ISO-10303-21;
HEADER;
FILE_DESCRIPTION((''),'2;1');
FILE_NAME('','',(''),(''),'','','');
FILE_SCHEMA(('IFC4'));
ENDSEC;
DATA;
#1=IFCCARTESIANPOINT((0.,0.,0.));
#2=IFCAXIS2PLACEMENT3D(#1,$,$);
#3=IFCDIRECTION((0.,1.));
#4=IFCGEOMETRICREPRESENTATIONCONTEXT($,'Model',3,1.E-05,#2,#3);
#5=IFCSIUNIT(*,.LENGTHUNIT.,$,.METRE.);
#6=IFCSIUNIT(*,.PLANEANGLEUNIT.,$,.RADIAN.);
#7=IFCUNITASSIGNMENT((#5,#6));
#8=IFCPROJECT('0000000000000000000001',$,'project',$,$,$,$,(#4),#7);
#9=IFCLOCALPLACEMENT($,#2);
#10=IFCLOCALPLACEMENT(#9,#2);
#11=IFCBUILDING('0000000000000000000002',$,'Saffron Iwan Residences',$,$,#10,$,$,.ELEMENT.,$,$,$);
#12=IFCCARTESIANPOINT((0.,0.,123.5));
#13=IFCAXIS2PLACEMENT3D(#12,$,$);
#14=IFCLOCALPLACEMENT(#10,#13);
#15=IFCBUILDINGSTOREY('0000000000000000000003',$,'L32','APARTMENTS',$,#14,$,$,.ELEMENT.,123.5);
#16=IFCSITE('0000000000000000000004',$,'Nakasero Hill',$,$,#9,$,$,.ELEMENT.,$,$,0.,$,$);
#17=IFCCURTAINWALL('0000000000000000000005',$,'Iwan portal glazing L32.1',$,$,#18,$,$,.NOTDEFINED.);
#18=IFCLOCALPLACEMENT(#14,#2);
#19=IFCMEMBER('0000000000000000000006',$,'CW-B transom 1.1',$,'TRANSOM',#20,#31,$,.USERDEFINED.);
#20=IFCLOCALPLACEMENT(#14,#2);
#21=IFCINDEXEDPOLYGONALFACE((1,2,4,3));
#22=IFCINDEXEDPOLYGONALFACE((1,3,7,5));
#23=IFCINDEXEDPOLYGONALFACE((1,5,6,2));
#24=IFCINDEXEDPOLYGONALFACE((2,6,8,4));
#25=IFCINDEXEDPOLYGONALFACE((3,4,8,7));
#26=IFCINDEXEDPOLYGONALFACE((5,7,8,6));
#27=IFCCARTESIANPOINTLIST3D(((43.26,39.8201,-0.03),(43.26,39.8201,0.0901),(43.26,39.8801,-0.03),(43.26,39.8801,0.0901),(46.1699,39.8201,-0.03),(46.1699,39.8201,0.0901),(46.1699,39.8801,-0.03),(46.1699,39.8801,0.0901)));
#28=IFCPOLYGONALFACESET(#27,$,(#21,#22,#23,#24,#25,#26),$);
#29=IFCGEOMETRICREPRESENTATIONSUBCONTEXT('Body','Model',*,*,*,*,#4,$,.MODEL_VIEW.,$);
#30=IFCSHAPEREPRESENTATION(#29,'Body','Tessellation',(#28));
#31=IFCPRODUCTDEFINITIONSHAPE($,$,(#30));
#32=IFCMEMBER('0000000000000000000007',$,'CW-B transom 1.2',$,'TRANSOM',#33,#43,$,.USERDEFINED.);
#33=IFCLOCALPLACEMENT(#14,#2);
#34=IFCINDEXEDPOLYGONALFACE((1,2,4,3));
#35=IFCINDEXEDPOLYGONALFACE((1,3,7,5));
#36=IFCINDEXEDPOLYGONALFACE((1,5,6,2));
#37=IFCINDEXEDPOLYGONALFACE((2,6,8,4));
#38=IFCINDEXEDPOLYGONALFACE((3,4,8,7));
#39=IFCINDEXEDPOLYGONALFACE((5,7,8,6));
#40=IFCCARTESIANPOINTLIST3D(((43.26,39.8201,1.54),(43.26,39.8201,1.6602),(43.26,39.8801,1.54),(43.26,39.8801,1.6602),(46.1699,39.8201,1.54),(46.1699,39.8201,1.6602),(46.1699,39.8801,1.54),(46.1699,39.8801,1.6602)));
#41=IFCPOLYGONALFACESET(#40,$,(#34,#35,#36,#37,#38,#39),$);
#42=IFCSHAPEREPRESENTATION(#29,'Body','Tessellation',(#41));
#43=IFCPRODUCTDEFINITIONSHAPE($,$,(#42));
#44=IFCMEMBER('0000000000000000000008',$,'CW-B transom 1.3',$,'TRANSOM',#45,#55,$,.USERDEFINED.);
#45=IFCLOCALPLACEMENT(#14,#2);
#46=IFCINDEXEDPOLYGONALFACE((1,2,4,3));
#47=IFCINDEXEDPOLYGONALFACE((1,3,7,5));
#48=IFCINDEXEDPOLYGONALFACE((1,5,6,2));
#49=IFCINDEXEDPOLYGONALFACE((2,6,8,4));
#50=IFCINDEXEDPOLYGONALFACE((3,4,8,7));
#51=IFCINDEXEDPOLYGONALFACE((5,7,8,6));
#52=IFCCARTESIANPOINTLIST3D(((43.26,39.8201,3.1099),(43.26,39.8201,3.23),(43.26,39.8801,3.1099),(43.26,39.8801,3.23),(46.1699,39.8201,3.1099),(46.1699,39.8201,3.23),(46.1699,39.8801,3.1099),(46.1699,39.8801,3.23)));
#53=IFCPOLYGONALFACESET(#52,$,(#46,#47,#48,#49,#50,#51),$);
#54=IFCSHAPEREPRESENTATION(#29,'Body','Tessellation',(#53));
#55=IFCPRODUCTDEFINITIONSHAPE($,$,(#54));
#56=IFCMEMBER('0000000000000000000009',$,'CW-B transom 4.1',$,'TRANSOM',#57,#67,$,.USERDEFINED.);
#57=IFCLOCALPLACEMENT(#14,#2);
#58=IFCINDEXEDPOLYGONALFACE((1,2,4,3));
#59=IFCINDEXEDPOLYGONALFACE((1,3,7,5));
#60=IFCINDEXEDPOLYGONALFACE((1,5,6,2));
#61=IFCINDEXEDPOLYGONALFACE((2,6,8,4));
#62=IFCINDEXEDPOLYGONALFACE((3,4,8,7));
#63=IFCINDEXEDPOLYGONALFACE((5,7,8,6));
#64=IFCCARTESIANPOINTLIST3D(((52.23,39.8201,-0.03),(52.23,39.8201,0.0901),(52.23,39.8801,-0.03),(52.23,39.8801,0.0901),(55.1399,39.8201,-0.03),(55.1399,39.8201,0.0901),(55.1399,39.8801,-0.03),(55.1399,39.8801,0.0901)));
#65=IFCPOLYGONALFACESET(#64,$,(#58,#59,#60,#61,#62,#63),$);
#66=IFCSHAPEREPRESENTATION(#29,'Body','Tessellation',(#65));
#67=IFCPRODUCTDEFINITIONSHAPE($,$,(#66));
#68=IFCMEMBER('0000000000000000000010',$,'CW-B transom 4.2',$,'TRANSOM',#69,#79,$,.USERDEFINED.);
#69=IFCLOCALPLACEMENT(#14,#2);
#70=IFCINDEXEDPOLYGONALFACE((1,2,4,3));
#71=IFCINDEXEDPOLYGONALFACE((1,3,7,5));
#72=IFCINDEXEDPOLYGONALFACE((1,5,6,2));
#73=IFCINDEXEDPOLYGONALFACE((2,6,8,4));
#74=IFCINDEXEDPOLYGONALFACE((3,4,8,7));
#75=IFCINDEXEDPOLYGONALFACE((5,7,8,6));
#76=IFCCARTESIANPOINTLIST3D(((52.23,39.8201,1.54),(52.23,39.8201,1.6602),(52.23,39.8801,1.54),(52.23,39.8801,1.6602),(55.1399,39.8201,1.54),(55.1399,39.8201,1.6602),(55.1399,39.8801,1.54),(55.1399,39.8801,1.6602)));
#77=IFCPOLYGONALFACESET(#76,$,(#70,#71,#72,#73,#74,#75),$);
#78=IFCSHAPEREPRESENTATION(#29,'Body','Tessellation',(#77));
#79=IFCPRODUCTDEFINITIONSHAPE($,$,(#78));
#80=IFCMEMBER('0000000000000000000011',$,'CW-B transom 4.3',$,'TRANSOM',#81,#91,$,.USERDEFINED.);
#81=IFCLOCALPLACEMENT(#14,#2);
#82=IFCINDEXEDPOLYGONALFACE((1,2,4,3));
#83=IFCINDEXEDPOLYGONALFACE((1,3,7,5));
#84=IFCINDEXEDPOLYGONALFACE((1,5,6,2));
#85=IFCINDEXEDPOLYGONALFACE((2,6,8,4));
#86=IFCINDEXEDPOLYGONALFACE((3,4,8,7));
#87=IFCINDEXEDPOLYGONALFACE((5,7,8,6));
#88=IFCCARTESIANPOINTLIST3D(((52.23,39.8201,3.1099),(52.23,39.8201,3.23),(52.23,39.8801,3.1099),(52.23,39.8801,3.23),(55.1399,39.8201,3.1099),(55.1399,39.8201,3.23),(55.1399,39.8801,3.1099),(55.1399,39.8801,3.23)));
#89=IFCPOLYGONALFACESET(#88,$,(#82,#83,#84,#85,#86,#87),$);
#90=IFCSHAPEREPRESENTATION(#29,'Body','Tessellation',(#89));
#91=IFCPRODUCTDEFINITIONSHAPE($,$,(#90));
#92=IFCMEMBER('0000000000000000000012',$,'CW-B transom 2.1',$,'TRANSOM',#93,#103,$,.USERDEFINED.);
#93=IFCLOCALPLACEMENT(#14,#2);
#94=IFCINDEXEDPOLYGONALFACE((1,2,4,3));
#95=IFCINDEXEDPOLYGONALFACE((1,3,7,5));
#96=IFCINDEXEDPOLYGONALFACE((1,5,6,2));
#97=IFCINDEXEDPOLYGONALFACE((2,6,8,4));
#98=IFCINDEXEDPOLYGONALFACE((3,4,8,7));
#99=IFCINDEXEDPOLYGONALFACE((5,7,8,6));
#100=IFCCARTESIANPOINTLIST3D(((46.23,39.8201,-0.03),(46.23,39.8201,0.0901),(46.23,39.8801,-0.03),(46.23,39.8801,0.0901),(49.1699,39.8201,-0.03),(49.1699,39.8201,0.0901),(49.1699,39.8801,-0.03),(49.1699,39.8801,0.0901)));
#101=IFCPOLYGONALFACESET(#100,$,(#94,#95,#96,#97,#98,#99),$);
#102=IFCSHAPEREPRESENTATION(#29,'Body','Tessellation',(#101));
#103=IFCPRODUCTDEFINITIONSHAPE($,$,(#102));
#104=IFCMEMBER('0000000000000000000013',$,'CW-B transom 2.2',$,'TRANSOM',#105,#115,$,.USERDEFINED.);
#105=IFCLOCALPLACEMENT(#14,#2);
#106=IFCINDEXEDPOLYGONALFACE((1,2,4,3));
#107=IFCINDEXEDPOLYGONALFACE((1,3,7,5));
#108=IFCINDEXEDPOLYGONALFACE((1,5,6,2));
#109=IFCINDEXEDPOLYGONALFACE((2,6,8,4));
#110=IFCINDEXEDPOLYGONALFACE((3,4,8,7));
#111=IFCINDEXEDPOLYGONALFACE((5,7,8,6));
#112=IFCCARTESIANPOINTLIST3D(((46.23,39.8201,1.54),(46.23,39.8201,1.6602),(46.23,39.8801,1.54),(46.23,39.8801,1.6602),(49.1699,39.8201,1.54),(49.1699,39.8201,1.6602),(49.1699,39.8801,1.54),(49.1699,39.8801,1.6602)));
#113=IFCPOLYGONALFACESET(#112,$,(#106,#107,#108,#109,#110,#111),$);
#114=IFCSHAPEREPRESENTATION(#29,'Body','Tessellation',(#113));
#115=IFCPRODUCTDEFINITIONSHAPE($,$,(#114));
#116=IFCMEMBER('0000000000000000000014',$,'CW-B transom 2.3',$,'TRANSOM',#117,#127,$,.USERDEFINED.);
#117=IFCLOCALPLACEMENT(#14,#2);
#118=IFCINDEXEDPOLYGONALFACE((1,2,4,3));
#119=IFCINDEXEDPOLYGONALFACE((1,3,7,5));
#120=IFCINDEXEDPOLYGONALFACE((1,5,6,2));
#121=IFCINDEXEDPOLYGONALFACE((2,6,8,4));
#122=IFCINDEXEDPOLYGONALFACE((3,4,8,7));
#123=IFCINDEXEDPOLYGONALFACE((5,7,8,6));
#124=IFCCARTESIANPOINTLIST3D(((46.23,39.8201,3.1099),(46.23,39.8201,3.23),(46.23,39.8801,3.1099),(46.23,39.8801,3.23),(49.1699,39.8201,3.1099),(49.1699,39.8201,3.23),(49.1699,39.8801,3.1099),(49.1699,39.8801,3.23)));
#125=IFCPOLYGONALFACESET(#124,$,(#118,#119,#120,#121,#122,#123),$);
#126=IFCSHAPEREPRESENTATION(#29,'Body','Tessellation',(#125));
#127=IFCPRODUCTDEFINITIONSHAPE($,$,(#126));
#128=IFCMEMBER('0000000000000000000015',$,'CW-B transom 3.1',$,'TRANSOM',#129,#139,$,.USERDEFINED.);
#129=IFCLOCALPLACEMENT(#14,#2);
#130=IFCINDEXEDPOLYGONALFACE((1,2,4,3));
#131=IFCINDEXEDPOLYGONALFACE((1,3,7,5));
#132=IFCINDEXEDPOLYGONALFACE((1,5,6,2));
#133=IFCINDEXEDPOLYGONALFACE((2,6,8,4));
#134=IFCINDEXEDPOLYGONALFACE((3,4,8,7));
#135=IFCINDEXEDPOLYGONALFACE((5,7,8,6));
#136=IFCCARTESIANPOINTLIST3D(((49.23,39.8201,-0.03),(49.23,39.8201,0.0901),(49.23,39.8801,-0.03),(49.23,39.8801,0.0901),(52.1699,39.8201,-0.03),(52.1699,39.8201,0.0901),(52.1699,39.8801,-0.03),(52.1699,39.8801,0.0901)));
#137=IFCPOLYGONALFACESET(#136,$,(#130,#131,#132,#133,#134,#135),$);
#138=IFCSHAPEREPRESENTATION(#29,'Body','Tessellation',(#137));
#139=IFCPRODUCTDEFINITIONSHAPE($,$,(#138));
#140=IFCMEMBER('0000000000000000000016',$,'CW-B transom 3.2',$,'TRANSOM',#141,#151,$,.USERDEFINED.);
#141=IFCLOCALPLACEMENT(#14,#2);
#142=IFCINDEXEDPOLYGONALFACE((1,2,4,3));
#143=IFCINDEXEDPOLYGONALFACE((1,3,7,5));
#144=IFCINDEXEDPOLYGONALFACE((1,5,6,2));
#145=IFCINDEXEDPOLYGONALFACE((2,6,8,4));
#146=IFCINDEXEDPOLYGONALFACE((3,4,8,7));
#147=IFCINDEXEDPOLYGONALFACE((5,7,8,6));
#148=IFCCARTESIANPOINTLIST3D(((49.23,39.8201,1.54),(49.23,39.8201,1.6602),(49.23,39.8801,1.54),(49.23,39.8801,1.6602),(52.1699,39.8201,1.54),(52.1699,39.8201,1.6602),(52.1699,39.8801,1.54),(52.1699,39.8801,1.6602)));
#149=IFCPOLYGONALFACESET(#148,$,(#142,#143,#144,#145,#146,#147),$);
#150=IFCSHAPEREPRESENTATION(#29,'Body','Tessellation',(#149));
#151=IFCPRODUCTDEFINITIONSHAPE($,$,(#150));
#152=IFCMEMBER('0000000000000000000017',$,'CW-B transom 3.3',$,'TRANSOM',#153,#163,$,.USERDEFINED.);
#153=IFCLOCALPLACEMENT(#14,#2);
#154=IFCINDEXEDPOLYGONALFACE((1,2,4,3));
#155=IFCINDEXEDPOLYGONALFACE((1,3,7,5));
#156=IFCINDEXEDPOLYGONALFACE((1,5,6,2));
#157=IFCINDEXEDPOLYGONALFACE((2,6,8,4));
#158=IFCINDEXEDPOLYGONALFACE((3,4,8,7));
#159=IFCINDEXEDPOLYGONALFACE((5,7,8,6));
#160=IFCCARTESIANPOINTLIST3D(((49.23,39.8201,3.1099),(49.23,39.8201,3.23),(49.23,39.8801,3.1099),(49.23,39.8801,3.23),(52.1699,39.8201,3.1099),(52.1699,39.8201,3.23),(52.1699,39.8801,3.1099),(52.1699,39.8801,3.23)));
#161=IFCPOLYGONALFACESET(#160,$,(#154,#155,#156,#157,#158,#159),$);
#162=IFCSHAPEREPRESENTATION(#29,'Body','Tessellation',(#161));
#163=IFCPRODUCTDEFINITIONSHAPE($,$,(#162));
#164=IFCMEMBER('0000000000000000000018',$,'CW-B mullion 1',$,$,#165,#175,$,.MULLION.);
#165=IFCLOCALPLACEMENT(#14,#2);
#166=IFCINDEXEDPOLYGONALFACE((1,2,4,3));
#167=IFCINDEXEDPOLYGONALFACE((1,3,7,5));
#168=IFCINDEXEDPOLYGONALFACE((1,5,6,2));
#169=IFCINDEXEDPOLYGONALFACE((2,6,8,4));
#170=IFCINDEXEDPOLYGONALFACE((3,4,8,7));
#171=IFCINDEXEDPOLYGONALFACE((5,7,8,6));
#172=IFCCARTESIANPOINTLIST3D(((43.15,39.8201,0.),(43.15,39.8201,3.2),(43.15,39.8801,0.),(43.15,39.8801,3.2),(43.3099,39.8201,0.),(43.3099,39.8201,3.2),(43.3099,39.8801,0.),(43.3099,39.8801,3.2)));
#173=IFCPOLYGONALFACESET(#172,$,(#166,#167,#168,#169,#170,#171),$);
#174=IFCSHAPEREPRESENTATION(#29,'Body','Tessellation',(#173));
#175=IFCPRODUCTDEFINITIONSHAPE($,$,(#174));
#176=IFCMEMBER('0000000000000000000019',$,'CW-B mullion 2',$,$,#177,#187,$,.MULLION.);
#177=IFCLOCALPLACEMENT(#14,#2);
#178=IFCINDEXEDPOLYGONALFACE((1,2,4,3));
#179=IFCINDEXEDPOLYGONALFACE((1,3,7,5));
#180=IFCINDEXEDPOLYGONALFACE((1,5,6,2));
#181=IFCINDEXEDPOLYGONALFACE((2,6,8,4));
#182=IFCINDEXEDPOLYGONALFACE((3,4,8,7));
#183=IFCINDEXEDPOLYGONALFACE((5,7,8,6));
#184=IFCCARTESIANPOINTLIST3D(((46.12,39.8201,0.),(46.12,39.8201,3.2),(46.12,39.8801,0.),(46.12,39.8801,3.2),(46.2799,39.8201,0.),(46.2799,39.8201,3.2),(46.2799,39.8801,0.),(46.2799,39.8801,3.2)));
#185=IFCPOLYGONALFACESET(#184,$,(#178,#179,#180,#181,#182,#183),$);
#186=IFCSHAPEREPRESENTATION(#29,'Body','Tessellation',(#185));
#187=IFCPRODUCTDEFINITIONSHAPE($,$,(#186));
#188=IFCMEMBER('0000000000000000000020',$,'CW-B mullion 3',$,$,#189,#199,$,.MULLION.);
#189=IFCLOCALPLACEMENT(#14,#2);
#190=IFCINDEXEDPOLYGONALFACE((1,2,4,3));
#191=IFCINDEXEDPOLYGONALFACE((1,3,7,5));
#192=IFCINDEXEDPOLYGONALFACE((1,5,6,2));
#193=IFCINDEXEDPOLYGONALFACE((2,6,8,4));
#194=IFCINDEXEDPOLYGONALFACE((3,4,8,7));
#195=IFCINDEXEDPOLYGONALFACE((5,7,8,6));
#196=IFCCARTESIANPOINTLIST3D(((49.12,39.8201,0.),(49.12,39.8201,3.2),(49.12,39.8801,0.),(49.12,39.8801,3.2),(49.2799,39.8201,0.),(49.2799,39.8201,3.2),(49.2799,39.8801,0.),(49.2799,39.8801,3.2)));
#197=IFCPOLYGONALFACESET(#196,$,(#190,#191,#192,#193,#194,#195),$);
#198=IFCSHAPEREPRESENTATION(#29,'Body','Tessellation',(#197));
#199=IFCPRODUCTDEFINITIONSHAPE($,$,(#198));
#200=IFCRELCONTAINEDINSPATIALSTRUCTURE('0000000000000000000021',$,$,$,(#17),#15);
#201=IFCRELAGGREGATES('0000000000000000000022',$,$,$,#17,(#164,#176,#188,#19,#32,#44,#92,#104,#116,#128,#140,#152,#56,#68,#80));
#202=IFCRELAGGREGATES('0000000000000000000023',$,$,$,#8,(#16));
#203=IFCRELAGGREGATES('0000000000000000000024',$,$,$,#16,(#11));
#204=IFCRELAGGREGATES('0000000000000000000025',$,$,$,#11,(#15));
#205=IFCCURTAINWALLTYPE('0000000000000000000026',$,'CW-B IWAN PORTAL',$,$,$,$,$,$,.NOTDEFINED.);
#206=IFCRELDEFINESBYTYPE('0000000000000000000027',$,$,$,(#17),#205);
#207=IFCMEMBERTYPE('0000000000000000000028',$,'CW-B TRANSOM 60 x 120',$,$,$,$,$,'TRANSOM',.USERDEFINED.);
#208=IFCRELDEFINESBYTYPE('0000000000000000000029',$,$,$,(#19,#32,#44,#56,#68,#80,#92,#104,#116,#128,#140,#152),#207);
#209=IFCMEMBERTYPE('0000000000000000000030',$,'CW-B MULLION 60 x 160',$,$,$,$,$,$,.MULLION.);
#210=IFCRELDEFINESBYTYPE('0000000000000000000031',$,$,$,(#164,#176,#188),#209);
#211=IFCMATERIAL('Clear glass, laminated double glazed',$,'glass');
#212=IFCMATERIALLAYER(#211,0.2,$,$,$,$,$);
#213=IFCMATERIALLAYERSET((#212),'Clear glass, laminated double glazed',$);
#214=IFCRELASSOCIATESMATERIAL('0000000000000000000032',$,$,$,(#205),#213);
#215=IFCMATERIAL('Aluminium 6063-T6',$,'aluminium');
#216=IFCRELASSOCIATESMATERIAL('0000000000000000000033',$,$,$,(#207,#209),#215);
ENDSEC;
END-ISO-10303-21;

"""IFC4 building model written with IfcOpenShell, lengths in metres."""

from ifc_helpers import new_model, si_unit, direction, frame, origin, origin_2d, place, context, subcontext, project, spatial, rectangle, extrude, source, transform, mapped, material, layer, layer_set, material_profile, profile_set, type_object, element, aggregate, save


model = new_model("IFC4")

# Units and contexts
model_context = context("Model", 3, precision=1e-05, world=origin(), true_north=direction((0.0, 1.0)))
body_context = subcontext(model_context, "Body", "Model", "MODEL_VIEW")
ifc_project = project(units=[si_unit("LENGTHUNIT", "METRE"), si_unit("PLANEANGLEUNIT", "RADIAN")], contexts=[model_context])

# Site, building, storey
site_placement = place(None, origin())
site = spatial("IfcSite", under=ifc_project, at=site_placement, Name="Nakasero Hill", CompositionType="ELEMENT", RefElevation=0.0)
building_placement = place(site_placement, origin())
building = spatial("IfcBuilding", under=site, at=building_placement, Name="Saffron Iwan Residences", CompositionType="ELEMENT")
storey_placement = place(building_placement, frame((0.0, 0.0, 123.5)))
storey = spatial("IfcBuildingStorey", under=building, at=storey_placement, Name="L32", Description="APARTMENTS", CompositionType="ELEMENT", Elevation=123.5)

# Curtain wall, members
ifc_material_1 = material(Name="Clear glass, laminated double glazed", Category="glass")
ifc_layer_1 = layer(ifc_material_1, 0.2)
ifc_layer_set_1 = layer_set([ifc_layer_1], Name="Clear glass, laminated double glazed")
curtain_wall_type = type_object("IfcCurtainWallType", Name="CW-B IWAN PORTAL", PredefinedType="NOTDEFINED", material=ifc_layer_set_1)
curtain_wall_placement = place(storey_placement, origin())
curtain_wall = element("IfcCurtainWall", 1, at=curtain_wall_placement, inside=storey, type_object=curtain_wall_type, Name="Iwan portal glazing L32.1", PredefinedType="NOTDEFINED")
ifc_material_2 = material(Name="Aluminium 6063-T6", Category="aluminium")
ifc_material_profile_1 = material_profile(ifc_material_2, rectangle(XDim=0.0601, YDim=0.1201, at=origin_2d()), Name="CW-B TRANSOM 60 x 120")
ifc_profile_set_1 = profile_set([ifc_material_profile_1], Name="Aluminium 6063-T6")
member_type_1 = type_object("IfcMemberType", Name="CW-B TRANSOM 60 x 120", ElementType="TRANSOM", PredefinedType="USERDEFINED", material=ifc_profile_set_1)
shared_shape_1 = source(origin(), body_context, "Body", "SweptSolid", [
    extrude(rectangle(XDim=0.0601, YDim=0.1201, at=origin_2d()), origin(), (0.0, 0.0, 1.0), 2.9099),
])
member_1_placement = place(storey_placement, frame((43.26, 39.8501, 0.03), z_axis=(1.0, 0.0, 0.0), x_axis=(0.0, 1.0, 0.0)))
member_1 = element("IfcMember", 2, at=member_1_placement, type_object=member_type_1, Name="CW-B transom 1.1", ObjectType="TRANSOM", PredefinedType="USERDEFINED", context=body_context, shape_type="MappedRepresentation", body=[
    mapped(shared_shape_1, transform((0.0, 0.0, 0.0))),
])
member_2_placement = place(storey_placement, frame((43.26, 39.8501, 1.6001), z_axis=(1.0, 0.0, 0.0), x_axis=(0.0, 1.0, 0.0)))
member_2 = element("IfcMember", 3, at=member_2_placement, type_object=member_type_1, Name="CW-B transom 1.2", ObjectType="TRANSOM", PredefinedType="USERDEFINED", context=body_context, shape_type="MappedRepresentation", body=[
    mapped(shared_shape_1, transform((0.0, 0.0, 0.0))),
])
member_3_placement = place(storey_placement, frame((43.26, 39.8501, 3.1699), z_axis=(1.0, 0.0, 0.0), x_axis=(0.0, 1.0, 0.0)))
member_3 = element("IfcMember", 4, at=member_3_placement, type_object=member_type_1, Name="CW-B transom 1.3", ObjectType="TRANSOM", PredefinedType="USERDEFINED", context=body_context, shape_type="MappedRepresentation", body=[
    mapped(shared_shape_1, transform((0.0, 0.0, 0.0))),
])
member_4_placement = place(storey_placement, frame((52.23, 39.8501, 0.03), z_axis=(1.0, 0.0, 0.0), x_axis=(0.0, 1.0, 0.0)))
member_4 = element("IfcMember", 5, at=member_4_placement, type_object=member_type_1, Name="CW-B transom 4.1", ObjectType="TRANSOM", PredefinedType="USERDEFINED", context=body_context, shape_type="MappedRepresentation", body=[
    mapped(shared_shape_1, transform((0.0, 0.0, 0.0))),
])
member_5_placement = place(storey_placement, frame((52.23, 39.8501, 1.6001), z_axis=(1.0, 0.0, 0.0), x_axis=(0.0, 1.0, 0.0)))
member_5 = element("IfcMember", 6, at=member_5_placement, type_object=member_type_1, Name="CW-B transom 4.2", ObjectType="TRANSOM", PredefinedType="USERDEFINED", context=body_context, shape_type="MappedRepresentation", body=[
    mapped(shared_shape_1, transform((0.0, 0.0, 0.0))),
])
member_6_placement = place(storey_placement, frame((52.23, 39.8501, 3.1699), z_axis=(1.0, 0.0, 0.0), x_axis=(0.0, 1.0, 0.0)))
member_6 = element("IfcMember", 7, at=member_6_placement, type_object=member_type_1, Name="CW-B transom 4.3", ObjectType="TRANSOM", PredefinedType="USERDEFINED", context=body_context, shape_type="MappedRepresentation", body=[
    mapped(shared_shape_1, transform((0.0, 0.0, 0.0))),
])
shared_shape_2 = source(origin(), body_context, "Body", "SweptSolid", [
    extrude(rectangle(XDim=0.0601, YDim=0.1201, at=origin_2d()), origin(), (0.0, 0.0, 1.0), 2.9399),
])
member_7_placement = place(storey_placement, frame((46.23, 39.8501, 0.03), z_axis=(1.0, 0.0, 0.0), x_axis=(0.0, 1.0, 0.0)))
member_7 = element("IfcMember", 8, at=member_7_placement, type_object=member_type_1, Name="CW-B transom 2.1", ObjectType="TRANSOM", PredefinedType="USERDEFINED", context=body_context, shape_type="MappedRepresentation", body=[
    mapped(shared_shape_2, transform((0.0, 0.0, 0.0))),
])
member_8_placement = place(storey_placement, frame((46.23, 39.8501, 1.6001), z_axis=(1.0, 0.0, 0.0), x_axis=(0.0, 1.0, 0.0)))
member_8 = element("IfcMember", 9, at=member_8_placement, type_object=member_type_1, Name="CW-B transom 2.2", ObjectType="TRANSOM", PredefinedType="USERDEFINED", context=body_context, shape_type="MappedRepresentation", body=[
    mapped(shared_shape_2, transform((0.0, 0.0, 0.0))),
])
member_9_placement = place(storey_placement, frame((46.23, 39.8501, 3.1699), z_axis=(1.0, 0.0, 0.0), x_axis=(0.0, 1.0, 0.0)))
member_9 = element("IfcMember", 10, at=member_9_placement, type_object=member_type_1, Name="CW-B transom 2.3", ObjectType="TRANSOM", PredefinedType="USERDEFINED", context=body_context, shape_type="MappedRepresentation", body=[
    mapped(shared_shape_2, transform((0.0, 0.0, 0.0))),
])
member_10_placement = place(storey_placement, frame((49.23, 39.8501, 0.03), z_axis=(1.0, 0.0, 0.0), x_axis=(0.0, 1.0, 0.0)))
member_10 = element("IfcMember", 11, at=member_10_placement, type_object=member_type_1, Name="CW-B transom 3.1", ObjectType="TRANSOM", PredefinedType="USERDEFINED", context=body_context, shape_type="MappedRepresentation", body=[
    mapped(shared_shape_2, transform((0.0, 0.0, 0.0))),
])
member_11_placement = place(storey_placement, frame((49.23, 39.8501, 1.6001), z_axis=(1.0, 0.0, 0.0), x_axis=(0.0, 1.0, 0.0)))
member_11 = element("IfcMember", 12, at=member_11_placement, type_object=member_type_1, Name="CW-B transom 3.2", ObjectType="TRANSOM", PredefinedType="USERDEFINED", context=body_context, shape_type="MappedRepresentation", body=[
    mapped(shared_shape_2, transform((0.0, 0.0, 0.0))),
])
member_12_placement = place(storey_placement, frame((49.23, 39.8501, 3.1699), z_axis=(1.0, 0.0, 0.0), x_axis=(0.0, 1.0, 0.0)))
member_12 = element("IfcMember", 13, at=member_12_placement, type_object=member_type_1, Name="CW-B transom 3.3", ObjectType="TRANSOM", PredefinedType="USERDEFINED", context=body_context, shape_type="MappedRepresentation", body=[
    mapped(shared_shape_2, transform((0.0, 0.0, 0.0))),
])
ifc_material_profile_2 = material_profile(ifc_material_2, rectangle(XDim=0.0601, YDim=0.1599, at=origin_2d()), Name="CW-B MULLION 60 x 160")
ifc_profile_set_2 = profile_set([ifc_material_profile_2], Name="Aluminium 6063-T6")
member_type_2 = type_object("IfcMemberType", Name="CW-B MULLION 60 x 160", PredefinedType="MULLION", material=ifc_profile_set_2)
shared_shape_3 = source(origin(), body_context, "Body", "SweptSolid", [
    extrude(rectangle(XDim=0.0601, YDim=0.1599, at=origin_2d()), origin(), (0.0, 0.0, 1.0), 3.2),
])
member_13_placement = place(storey_placement, frame((43.23, 39.8501, 0.0), z_axis=(0.0, 0.0, 1.0), x_axis=(0.0, 1.0, 0.0)))
member_13 = element("IfcMember", 14, at=member_13_placement, type_object=member_type_2, Name="CW-B mullion 1", PredefinedType="MULLION", context=body_context, shape_type="MappedRepresentation", body=[
    mapped(shared_shape_3, transform((0.0, 0.0, 0.0))),
])
member_14_placement = place(storey_placement, frame((46.2, 39.8501, 0.0), z_axis=(0.0, 0.0, 1.0), x_axis=(0.0, 1.0, 0.0)))
member_14 = element("IfcMember", 15, at=member_14_placement, type_object=member_type_2, Name="CW-B mullion 2", PredefinedType="MULLION", context=body_context, shape_type="MappedRepresentation", body=[
    mapped(shared_shape_3, transform((0.0, 0.0, 0.0))),
])
member_15_placement = place(storey_placement, frame((49.2, 39.8501, 0.0), z_axis=(0.0, 0.0, 1.0), x_axis=(0.0, 1.0, 0.0)))
member_15 = element("IfcMember", 16, at=member_15_placement, type_object=member_type_2, Name="CW-B mullion 3", PredefinedType="MULLION", context=body_context, shape_type="MappedRepresentation", body=[
    mapped(shared_shape_3, transform((0.0, 0.0, 0.0))),
])
aggregate(curtain_wall, [member_13, member_14, member_15, member_1, member_2, member_3, member_7, member_8, member_9, member_10, member_11, member_12, member_4, member_5, member_6])

save(model, "model.ifc")
